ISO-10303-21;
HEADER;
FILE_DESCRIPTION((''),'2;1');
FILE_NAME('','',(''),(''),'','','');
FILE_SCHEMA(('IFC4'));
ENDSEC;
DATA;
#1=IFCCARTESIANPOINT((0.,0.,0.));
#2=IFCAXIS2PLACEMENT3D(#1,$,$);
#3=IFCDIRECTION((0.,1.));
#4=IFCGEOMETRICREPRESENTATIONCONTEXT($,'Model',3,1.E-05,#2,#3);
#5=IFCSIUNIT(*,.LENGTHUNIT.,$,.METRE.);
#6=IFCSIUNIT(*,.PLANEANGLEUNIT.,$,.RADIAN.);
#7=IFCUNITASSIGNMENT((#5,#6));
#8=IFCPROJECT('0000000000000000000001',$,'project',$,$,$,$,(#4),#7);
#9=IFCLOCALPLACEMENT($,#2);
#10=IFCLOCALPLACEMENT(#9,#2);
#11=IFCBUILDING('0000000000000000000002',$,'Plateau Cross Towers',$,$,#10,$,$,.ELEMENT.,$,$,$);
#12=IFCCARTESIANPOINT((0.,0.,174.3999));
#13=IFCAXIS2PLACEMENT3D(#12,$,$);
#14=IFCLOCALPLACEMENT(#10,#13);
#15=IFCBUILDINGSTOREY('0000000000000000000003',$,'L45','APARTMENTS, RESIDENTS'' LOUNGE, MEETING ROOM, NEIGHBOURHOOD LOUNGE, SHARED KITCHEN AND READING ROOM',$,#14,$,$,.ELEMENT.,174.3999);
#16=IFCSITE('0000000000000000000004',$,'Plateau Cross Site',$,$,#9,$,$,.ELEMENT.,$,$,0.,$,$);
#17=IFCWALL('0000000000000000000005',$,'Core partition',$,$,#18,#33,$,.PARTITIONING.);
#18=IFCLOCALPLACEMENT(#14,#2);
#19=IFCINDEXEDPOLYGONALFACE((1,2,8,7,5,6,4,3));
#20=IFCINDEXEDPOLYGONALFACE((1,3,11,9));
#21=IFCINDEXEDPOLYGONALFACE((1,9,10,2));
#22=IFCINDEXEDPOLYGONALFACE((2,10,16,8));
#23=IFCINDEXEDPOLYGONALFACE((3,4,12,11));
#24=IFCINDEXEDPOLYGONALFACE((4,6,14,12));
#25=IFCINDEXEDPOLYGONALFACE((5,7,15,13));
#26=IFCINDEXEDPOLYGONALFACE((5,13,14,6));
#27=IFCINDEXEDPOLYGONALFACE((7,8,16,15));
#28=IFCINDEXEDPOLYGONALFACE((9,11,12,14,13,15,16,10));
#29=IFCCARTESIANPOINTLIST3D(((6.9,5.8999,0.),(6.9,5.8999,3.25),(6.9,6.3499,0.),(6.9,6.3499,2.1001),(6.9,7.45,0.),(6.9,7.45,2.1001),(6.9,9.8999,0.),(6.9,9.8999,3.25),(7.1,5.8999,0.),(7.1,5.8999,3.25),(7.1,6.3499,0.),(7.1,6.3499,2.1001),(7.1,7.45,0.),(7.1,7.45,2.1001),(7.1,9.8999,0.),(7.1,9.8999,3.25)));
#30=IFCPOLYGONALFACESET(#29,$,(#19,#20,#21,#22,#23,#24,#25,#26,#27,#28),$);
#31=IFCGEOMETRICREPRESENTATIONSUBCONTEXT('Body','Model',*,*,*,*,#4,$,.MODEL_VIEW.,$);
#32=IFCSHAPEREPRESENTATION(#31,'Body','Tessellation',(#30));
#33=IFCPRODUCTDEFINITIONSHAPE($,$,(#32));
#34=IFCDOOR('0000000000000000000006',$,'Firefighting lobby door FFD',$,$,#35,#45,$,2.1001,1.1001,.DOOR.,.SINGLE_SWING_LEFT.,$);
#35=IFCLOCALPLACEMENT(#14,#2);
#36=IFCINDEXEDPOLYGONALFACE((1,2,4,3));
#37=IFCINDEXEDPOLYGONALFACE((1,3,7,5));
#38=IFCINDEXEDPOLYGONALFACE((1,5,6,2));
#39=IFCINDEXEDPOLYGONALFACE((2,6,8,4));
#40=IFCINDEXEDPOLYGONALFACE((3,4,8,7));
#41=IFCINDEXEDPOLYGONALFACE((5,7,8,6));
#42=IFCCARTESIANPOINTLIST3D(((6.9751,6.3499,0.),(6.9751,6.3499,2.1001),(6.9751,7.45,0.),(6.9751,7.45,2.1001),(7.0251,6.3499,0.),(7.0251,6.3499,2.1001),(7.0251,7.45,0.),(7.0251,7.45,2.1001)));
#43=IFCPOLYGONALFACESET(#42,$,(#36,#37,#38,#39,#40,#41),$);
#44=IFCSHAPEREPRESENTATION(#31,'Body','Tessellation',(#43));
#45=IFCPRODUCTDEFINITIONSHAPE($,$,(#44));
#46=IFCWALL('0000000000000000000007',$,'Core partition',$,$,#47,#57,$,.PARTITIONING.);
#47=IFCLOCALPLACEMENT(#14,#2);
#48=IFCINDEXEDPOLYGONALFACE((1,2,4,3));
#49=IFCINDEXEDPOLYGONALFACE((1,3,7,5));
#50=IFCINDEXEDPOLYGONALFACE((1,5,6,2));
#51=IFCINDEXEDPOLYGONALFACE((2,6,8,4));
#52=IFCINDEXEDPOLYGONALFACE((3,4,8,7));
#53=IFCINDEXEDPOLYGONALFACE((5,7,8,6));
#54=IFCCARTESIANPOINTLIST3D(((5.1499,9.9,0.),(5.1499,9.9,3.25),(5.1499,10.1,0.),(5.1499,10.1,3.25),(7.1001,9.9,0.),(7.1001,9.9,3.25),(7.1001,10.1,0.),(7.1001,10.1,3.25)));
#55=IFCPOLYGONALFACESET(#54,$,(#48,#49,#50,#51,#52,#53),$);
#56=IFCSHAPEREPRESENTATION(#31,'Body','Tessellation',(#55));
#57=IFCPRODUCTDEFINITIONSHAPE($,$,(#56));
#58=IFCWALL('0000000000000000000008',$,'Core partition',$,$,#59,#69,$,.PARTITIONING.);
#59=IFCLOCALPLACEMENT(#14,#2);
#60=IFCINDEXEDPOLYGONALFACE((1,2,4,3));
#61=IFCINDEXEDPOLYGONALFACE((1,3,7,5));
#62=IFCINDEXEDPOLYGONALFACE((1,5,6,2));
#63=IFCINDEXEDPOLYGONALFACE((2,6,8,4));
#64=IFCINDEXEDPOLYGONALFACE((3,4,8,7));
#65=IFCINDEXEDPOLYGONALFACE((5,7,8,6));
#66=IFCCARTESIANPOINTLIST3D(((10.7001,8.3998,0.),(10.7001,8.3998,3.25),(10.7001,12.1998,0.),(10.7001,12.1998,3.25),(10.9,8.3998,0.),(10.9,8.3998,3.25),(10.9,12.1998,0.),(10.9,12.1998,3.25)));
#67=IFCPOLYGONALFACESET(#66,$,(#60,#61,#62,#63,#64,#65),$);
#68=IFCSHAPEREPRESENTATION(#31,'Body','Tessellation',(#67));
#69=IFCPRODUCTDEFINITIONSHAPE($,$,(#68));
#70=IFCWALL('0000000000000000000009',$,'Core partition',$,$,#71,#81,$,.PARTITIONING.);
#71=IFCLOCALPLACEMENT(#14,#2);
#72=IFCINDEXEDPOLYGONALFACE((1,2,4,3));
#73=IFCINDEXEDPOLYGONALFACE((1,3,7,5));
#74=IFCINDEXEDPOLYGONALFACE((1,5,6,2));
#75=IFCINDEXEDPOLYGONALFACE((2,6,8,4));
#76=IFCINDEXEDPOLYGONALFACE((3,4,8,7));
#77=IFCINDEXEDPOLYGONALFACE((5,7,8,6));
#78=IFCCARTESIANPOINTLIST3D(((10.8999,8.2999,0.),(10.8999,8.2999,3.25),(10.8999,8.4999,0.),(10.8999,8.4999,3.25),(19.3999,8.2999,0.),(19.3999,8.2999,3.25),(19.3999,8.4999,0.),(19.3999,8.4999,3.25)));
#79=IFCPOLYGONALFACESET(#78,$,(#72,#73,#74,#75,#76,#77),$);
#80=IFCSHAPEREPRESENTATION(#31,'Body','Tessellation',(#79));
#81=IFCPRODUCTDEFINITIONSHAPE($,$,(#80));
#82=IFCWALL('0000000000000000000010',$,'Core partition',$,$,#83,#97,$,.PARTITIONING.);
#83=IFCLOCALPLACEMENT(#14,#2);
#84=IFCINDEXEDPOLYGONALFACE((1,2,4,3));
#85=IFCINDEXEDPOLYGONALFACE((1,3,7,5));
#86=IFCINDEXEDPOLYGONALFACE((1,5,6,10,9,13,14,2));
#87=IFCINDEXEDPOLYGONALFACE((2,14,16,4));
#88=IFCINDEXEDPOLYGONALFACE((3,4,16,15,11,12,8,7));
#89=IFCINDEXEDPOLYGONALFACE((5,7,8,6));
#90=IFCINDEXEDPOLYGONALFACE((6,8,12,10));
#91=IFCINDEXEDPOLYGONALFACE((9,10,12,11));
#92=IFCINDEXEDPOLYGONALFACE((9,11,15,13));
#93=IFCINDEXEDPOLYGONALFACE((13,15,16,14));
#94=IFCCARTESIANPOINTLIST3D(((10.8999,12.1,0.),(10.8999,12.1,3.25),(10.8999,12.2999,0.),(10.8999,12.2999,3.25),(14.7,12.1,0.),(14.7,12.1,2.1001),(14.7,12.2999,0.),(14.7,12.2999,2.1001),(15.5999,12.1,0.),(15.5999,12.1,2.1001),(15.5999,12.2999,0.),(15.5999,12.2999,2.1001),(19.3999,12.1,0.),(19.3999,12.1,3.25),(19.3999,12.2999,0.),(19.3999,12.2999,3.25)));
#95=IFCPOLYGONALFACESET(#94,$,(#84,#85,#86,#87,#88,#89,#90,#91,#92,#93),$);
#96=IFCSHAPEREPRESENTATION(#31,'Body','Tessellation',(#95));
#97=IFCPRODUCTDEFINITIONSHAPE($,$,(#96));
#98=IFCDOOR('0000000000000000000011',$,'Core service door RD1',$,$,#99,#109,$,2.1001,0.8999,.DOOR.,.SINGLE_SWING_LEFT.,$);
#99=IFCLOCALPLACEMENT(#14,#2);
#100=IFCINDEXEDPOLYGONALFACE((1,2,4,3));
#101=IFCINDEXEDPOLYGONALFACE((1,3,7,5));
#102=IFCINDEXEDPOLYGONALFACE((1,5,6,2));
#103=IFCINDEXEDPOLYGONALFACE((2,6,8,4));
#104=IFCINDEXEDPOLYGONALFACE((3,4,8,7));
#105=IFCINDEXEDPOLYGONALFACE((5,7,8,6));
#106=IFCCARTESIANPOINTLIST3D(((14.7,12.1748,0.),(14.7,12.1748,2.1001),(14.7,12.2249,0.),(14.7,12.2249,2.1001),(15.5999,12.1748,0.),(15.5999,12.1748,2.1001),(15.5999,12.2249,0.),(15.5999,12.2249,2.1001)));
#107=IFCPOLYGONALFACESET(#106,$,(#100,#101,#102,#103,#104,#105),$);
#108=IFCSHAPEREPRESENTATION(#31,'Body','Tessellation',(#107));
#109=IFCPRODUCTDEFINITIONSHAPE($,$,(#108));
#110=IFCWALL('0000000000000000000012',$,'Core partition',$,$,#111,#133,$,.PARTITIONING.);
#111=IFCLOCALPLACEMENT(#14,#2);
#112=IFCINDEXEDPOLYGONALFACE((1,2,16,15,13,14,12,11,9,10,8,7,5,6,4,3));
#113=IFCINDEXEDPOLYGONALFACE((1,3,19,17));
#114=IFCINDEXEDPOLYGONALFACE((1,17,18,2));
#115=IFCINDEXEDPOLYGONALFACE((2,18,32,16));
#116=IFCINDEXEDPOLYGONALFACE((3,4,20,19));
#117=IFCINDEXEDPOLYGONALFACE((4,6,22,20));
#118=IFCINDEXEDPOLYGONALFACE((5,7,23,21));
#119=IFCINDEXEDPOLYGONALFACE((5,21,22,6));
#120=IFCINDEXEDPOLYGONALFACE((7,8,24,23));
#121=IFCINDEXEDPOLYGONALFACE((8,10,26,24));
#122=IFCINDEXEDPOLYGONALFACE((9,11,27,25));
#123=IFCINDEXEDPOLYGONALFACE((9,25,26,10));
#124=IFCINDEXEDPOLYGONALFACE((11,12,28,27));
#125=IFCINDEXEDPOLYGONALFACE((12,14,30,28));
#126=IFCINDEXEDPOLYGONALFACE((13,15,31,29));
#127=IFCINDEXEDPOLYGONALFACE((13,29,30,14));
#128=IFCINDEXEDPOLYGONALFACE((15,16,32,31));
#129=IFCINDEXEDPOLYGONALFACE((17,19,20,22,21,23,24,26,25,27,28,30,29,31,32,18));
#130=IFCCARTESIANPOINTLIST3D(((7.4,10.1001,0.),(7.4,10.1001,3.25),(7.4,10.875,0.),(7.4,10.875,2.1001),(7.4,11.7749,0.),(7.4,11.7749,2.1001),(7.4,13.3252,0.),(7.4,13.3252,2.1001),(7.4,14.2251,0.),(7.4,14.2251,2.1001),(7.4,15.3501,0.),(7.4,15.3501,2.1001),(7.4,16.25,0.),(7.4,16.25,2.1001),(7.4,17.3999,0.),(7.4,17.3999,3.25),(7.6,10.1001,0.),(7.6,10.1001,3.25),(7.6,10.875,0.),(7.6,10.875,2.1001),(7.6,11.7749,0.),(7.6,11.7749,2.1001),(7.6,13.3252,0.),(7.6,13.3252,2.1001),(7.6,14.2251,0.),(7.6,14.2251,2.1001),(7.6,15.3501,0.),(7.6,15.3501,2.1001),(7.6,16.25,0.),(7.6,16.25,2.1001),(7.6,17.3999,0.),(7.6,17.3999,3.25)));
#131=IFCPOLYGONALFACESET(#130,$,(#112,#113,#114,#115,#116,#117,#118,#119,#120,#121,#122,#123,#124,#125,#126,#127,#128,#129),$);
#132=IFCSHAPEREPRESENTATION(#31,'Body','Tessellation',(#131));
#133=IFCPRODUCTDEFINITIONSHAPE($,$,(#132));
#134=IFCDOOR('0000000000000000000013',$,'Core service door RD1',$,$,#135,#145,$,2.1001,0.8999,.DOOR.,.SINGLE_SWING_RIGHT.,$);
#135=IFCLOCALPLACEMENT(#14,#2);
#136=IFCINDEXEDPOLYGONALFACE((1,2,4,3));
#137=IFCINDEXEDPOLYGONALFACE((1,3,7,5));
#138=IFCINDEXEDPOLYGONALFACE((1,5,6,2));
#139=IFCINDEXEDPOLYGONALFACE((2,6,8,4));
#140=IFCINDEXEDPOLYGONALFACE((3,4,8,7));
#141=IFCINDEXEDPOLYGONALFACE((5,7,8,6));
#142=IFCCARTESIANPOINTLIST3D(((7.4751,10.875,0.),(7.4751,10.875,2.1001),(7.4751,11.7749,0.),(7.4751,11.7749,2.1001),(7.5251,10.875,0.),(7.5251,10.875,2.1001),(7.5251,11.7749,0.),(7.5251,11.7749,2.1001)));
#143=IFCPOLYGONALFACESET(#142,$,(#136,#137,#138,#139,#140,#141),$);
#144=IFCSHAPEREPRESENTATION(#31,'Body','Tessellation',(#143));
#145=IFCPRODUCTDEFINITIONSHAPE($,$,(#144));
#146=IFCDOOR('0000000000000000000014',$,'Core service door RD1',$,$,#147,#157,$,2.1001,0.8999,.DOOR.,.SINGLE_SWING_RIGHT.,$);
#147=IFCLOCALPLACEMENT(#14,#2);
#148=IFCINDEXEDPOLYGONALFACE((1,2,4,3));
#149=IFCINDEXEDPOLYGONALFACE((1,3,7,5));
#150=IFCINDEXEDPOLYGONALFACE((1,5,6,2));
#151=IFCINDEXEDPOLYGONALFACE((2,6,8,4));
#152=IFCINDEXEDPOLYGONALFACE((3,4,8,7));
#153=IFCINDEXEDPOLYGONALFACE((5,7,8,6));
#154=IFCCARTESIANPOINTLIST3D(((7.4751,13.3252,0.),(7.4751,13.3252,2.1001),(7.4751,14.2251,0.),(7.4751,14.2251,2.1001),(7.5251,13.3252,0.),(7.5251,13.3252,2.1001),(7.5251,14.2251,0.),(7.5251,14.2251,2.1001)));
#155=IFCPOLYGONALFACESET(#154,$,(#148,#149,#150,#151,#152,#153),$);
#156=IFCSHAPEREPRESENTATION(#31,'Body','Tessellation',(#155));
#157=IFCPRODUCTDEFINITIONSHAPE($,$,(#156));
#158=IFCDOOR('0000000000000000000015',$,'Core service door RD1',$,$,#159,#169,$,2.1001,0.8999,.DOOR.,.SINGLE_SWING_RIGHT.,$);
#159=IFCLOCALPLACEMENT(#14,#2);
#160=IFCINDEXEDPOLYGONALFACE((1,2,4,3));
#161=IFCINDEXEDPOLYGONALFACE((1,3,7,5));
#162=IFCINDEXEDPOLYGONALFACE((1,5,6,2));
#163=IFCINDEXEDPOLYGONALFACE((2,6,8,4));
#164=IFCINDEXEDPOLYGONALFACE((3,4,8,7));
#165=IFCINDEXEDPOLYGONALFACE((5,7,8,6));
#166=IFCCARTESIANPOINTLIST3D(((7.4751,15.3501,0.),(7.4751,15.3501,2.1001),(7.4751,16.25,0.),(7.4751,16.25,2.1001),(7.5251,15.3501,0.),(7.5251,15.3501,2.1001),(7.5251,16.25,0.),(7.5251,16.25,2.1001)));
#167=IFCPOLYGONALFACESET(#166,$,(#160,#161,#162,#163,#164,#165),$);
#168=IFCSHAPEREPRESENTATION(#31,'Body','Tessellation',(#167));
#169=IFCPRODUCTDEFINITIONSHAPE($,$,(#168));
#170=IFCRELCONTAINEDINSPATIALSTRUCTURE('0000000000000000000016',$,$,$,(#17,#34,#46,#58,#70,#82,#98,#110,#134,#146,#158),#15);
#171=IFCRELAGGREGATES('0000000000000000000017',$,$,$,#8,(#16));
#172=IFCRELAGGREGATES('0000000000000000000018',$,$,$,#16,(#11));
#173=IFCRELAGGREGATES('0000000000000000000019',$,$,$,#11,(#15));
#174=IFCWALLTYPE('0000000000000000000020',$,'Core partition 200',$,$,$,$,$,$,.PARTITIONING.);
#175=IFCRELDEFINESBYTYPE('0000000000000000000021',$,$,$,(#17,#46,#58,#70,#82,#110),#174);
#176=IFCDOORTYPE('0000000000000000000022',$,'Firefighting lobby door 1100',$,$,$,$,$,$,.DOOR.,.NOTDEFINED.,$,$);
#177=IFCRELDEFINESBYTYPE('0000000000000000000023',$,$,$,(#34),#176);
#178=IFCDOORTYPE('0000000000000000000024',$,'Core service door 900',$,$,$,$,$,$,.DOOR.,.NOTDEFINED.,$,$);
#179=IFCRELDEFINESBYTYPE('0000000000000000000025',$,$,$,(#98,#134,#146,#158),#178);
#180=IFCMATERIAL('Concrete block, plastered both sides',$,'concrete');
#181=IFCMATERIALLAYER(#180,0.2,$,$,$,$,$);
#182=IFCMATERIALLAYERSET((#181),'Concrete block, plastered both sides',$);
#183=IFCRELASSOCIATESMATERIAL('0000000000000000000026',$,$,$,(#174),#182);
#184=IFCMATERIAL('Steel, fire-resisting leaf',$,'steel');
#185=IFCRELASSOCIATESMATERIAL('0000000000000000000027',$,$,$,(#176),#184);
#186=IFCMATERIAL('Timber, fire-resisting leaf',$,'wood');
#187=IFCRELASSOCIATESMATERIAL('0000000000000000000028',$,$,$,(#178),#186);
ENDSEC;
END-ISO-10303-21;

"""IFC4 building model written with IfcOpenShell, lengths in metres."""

from ifc_helpers import new_model, si_unit, direction, frame, frame_2d, origin, place, context, subcontext, project, spatial, rectangle, extrude, material, layer, layer_set, type_object, element, fill, save


model = new_model("IFC4")

# Units and contexts
model_context = context("Model", 3, precision=1e-05, world=origin(), true_north=direction((0.0, 1.0)))
body_context = subcontext(model_context, "Body", "Model", "MODEL_VIEW")
ifc_project = project(units=[si_unit("LENGTHUNIT", "METRE"), si_unit("PLANEANGLEUNIT", "RADIAN")], contexts=[model_context])

# Site, building, storey
site_placement = place(None, origin())
site = spatial("IfcSite", under=ifc_project, at=site_placement, Name="Plateau Cross Site", CompositionType="ELEMENT", RefElevation=0.0)
building_placement = place(site_placement, origin())
building = spatial("IfcBuilding", under=site, at=building_placement, Name="Plateau Cross Towers", CompositionType="ELEMENT")
storey_placement = place(building_placement, frame((0.0, 0.0, 174.3999)))
storey = spatial("IfcBuildingStorey", under=building, at=storey_placement, Name="L45", Description="APARTMENTS, RESIDENTS' LOUNGE, MEETING ROOM, NEIGHBOURHOOD LOUNGE, SHARED KITCHEN AND READING ROOM", CompositionType="ELEMENT", Elevation=174.3999)

# Wall, opening, door
ifc_material_1 = material(Name="Concrete block, plastered both sides", Category="concrete")
ifc_layer_1 = layer(ifc_material_1, 0.2)
ifc_layer_set_1 = layer_set([ifc_layer_1], Name="Concrete block, plastered both sides")
wall_type_1 = type_object("IfcWallType", Name="Core partition 200", PredefinedType="PARTITIONING", material=ifc_layer_set_1)
wall_1_placement = place(storey_placement, frame((7.0, 5.8999, 0.0), z_axis=(0.0, 0.0, 1.0), x_axis=(0.0, 1.0, 0.0)))
wall_1 = element("IfcWall", 1, at=wall_1_placement, inside=storey, type_object=wall_type_1, Name="Core partition", PredefinedType="PARTITIONING", context=body_context, shape_type="SweptSolid", body=[
    extrude(rectangle(XDim=4.0, YDim=0.2, at=frame_2d((2.0, 0.0))), origin(), (0.0, 0.0, 1.0), 3.25),
])
opening_1_placement = place(wall_1_placement, frame((0.45, 0.0, 0.0)))
opening_1 = element("IfcOpeningElement", 2, at=opening_1_placement, cuts=wall_1, PredefinedType="OPENING", context=body_context, shape_type="SweptSolid", body=[
    extrude(rectangle(XDim=1.1001, YDim=2.1001, at=frame_2d((0.55, 1.05))), frame((0.0, 0.1099, 0.0), z_axis=(0.0, -1.0, 0.0), x_axis=(1.0, 0.0, 0.0)), (0.0, 0.0, 1.0), 0.22),
])
ifc_material_2 = material(Name="Steel, fire-resisting leaf", Category="steel")
door_type_1 = type_object("IfcDoorType", Name="Firefighting lobby door 1100", OperationType="NOTDEFINED", PredefinedType="DOOR", material=ifc_material_2)
door_1_placement = place(opening_1_placement, origin())
door_1 = element("IfcDoor", 3, at=door_1_placement, inside=storey, type_object=door_type_1, Name="Firefighting lobby door FFD", OperationType="SINGLE_SWING_LEFT", OverallHeight=2.1001, OverallWidth=1.1001, PredefinedType="DOOR", context=body_context, shape_type="SweptSolid", body=[
    extrude(rectangle(XDim=1.1001, YDim=2.1001, at=frame_2d((0.55, 1.05))), frame((0.0, 0.0249, 0.0), z_axis=(0.0, -1.0, 0.0), x_axis=(1.0, 0.0, 0.0)), (0.0, 0.0, 1.0), 0.05),
])
fill(opening_1, door_1)

# Walls
wall_2_placement = place(storey_placement, frame((5.1499, 10.0, 0.0), z_axis=(0.0, 0.0, 1.0), x_axis=(1.0, 0.0, 0.0)))
element("IfcWall", 4, at=wall_2_placement, inside=storey, type_object=wall_type_1, Name="Core partition", PredefinedType="PARTITIONING", context=body_context, shape_type="SweptSolid", body=[
    extrude(rectangle(XDim=1.9502, YDim=0.2, at=frame_2d((0.9751, 0.0))), origin(), (0.0, 0.0, 1.0), 3.25),
])
wall_3_placement = place(storey_placement, frame((10.8, 8.3999, 0.0), z_axis=(0.0, 0.0, 1.0), x_axis=(0.0, 1.0, 0.0)))
element("IfcWall", 5, at=wall_3_placement, inside=storey, type_object=wall_type_1, Name="Core partition", PredefinedType="PARTITIONING", context=body_context, shape_type="SweptSolid", body=[
    extrude(rectangle(XDim=3.8, YDim=0.2, at=frame_2d((1.8999, 0.0))), origin(), (0.0, 0.0, 1.0), 3.25),
])
wall_4_placement = place(storey_placement, frame((10.8999, 8.3999, 0.0), z_axis=(0.0, 0.0, 1.0), x_axis=(1.0, 0.0, 0.0)))
element("IfcWall", 6, at=wall_4_placement, inside=storey, type_object=wall_type_1, Name="Core partition", PredefinedType="PARTITIONING", context=body_context, shape_type="SweptSolid", body=[
    extrude(rectangle(XDim=8.5, YDim=0.2, at=frame_2d((4.25, 0.0))), origin(), (0.0, 0.0, 1.0), 3.25),
])

# Wall, opening, door
wall_5_placement = place(storey_placement, frame((10.8999, 12.2, 0.0), z_axis=(0.0, 0.0, 1.0), x_axis=(1.0, 0.0, 0.0)))
wall_5 = element("IfcWall", 7, at=wall_5_placement, inside=storey, type_object=wall_type_1, Name="Core partition", PredefinedType="PARTITIONING", context=body_context, shape_type="SweptSolid", body=[
    extrude(rectangle(XDim=8.5, YDim=0.2, at=frame_2d((4.25, 0.0))), origin(), (0.0, 0.0, 1.0), 3.25),
])
opening_2_placement = place(wall_5_placement, frame((3.8, 0.0, 0.0)))
opening_2 = element("IfcOpeningElement", 8, at=opening_2_placement, cuts=wall_5, PredefinedType="OPENING", context=body_context, shape_type="SweptSolid", body=[
    extrude(rectangle(XDim=0.8999, YDim=2.1001, at=frame_2d((0.45, 1.05))), frame((0.0, 0.1099, 0.0), z_axis=(0.0, -1.0, 0.0), x_axis=(1.0, 0.0, 0.0)), (0.0, 0.0, 1.0), 0.22),
])
ifc_material_3 = material(Name="Timber, fire-resisting leaf", Category="wood")
door_type_2 = type_object("IfcDoorType", Name="Core service door 900", OperationType="NOTDEFINED", PredefinedType="DOOR", material=ifc_material_3)
door_2_placement = place(opening_2_placement, origin())
door_2 = element("IfcDoor", 9, at=door_2_placement, inside=storey, type_object=door_type_2, Name="Core service door RD1", OperationType="SINGLE_SWING_LEFT", OverallHeight=2.1001, OverallWidth=0.8999, PredefinedType="DOOR", context=body_context, shape_type="SweptSolid", body=[
    extrude(rectangle(XDim=0.8999, YDim=2.1001, at=frame_2d((0.45, 1.05))), frame((0.0, 0.0249, 0.0), z_axis=(0.0, -1.0, 0.0), x_axis=(1.0, 0.0, 0.0)), (0.0, 0.0, 1.0), 0.05),
])
fill(opening_2, door_2)

# Wall, openings, doors
wall_6_placement = place(storey_placement, frame((7.5, 10.1001, 0.0), z_axis=(0.0, 0.0, 1.0), x_axis=(0.0, 1.0, 0.0)))
wall_6 = element("IfcWall", 10, at=wall_6_placement, inside=storey, type_object=wall_type_1, Name="Core partition", PredefinedType="PARTITIONING", context=body_context, shape_type="SweptSolid", body=[
    extrude(rectangle(XDim=7.2998, YDim=0.2, at=frame_2d((3.6499, 0.0))), origin(), (0.0, 0.0, 1.0), 3.25),
])
opening_3_placement = place(wall_6_placement, frame((0.7749, 0.0, 0.0)))
opening_3 = element("IfcOpeningElement", 11, at=opening_3_placement, cuts=wall_6, PredefinedType="OPENING", context=body_context, shape_type="SweptSolid", body=[
    extrude(rectangle(XDim=0.8999, YDim=2.1001, at=frame_2d((0.45, 1.05))), frame((0.0, 0.1099, 0.0), z_axis=(0.0, -1.0, 0.0), x_axis=(1.0, 0.0, 0.0)), (0.0, 0.0, 1.0), 0.22),
])
opening_4_placement = place(wall_6_placement, frame((3.2251, 0.0, 0.0)))
opening_4 = element("IfcOpeningElement", 12, at=opening_4_placement, cuts=wall_6, PredefinedType="OPENING", context=body_context, shape_type="SweptSolid", body=[
    extrude(rectangle(XDim=0.8999, YDim=2.1001, at=frame_2d((0.45, 1.05))), frame((0.0, 0.1099, 0.0), z_axis=(0.0, -1.0, 0.0), x_axis=(1.0, 0.0, 0.0)), (0.0, 0.0, 1.0), 0.22),
])
opening_5_placement = place(wall_6_placement, frame((5.25, 0.0, 0.0)))
opening_5 = element("IfcOpeningElement", 13, at=opening_5_placement, cuts=wall_6, PredefinedType="OPENING", context=body_context, shape_type="SweptSolid", body=[
    extrude(rectangle(XDim=0.8999, YDim=2.1001, at=frame_2d((0.45, 1.05))), frame((0.0, 0.1099, 0.0), z_axis=(0.0, -1.0, 0.0), x_axis=(1.0, 0.0, 0.0)), (0.0, 0.0, 1.0), 0.22),
])
door_3_placement = place(opening_3_placement, origin())
door_3 = element("IfcDoor", 14, at=door_3_placement, inside=storey, type_object=door_type_2, Name="Core service door RD1", OperationType="SINGLE_SWING_RIGHT", OverallHeight=2.1001, OverallWidth=0.8999, PredefinedType="DOOR", context=body_context, shape_type="SweptSolid", body=[
    extrude(rectangle(XDim=0.8999, YDim=2.1001, at=frame_2d((0.45, 1.05))), frame((0.0, 0.0249, 0.0), z_axis=(0.0, -1.0, 0.0), x_axis=(1.0, 0.0, 0.0)), (0.0, 0.0, 1.0), 0.05),
])
fill(opening_3, door_3)
door_4_placement = place(opening_4_placement, origin())
door_4 = element("IfcDoor", 15, at=door_4_placement, inside=storey, type_object=door_type_2, Name="Core service door RD1", OperationType="SINGLE_SWING_RIGHT", OverallHeight=2.1001, OverallWidth=0.8999, PredefinedType="DOOR", context=body_context, shape_type="SweptSolid", body=[
    extrude(rectangle(XDim=0.8999, YDim=2.1001, at=frame_2d((0.45, 1.05))), frame((0.0, 0.0249, 0.0), z_axis=(0.0, -1.0, 0.0), x_axis=(1.0, 0.0, 0.0)), (0.0, 0.0, 1.0), 0.05),
])
fill(opening_4, door_4)
door_5_placement = place(opening_5_placement, origin())
door_5 = element("IfcDoor", 16, at=door_5_placement, inside=storey, type_object=door_type_2, Name="Core service door RD1", OperationType="SINGLE_SWING_RIGHT", OverallHeight=2.1001, OverallWidth=0.8999, PredefinedType="DOOR", context=body_context, shape_type="SweptSolid", body=[
    extrude(rectangle(XDim=0.8999, YDim=2.1001, at=frame_2d((0.45, 1.05))), frame((0.0, 0.0249, 0.0), z_axis=(0.0, -1.0, 0.0), x_axis=(1.0, 0.0, 0.0)), (0.0, 0.0, 1.0), 0.05),
])
fill(opening_5, door_5)

save(model, "model.ifc")
